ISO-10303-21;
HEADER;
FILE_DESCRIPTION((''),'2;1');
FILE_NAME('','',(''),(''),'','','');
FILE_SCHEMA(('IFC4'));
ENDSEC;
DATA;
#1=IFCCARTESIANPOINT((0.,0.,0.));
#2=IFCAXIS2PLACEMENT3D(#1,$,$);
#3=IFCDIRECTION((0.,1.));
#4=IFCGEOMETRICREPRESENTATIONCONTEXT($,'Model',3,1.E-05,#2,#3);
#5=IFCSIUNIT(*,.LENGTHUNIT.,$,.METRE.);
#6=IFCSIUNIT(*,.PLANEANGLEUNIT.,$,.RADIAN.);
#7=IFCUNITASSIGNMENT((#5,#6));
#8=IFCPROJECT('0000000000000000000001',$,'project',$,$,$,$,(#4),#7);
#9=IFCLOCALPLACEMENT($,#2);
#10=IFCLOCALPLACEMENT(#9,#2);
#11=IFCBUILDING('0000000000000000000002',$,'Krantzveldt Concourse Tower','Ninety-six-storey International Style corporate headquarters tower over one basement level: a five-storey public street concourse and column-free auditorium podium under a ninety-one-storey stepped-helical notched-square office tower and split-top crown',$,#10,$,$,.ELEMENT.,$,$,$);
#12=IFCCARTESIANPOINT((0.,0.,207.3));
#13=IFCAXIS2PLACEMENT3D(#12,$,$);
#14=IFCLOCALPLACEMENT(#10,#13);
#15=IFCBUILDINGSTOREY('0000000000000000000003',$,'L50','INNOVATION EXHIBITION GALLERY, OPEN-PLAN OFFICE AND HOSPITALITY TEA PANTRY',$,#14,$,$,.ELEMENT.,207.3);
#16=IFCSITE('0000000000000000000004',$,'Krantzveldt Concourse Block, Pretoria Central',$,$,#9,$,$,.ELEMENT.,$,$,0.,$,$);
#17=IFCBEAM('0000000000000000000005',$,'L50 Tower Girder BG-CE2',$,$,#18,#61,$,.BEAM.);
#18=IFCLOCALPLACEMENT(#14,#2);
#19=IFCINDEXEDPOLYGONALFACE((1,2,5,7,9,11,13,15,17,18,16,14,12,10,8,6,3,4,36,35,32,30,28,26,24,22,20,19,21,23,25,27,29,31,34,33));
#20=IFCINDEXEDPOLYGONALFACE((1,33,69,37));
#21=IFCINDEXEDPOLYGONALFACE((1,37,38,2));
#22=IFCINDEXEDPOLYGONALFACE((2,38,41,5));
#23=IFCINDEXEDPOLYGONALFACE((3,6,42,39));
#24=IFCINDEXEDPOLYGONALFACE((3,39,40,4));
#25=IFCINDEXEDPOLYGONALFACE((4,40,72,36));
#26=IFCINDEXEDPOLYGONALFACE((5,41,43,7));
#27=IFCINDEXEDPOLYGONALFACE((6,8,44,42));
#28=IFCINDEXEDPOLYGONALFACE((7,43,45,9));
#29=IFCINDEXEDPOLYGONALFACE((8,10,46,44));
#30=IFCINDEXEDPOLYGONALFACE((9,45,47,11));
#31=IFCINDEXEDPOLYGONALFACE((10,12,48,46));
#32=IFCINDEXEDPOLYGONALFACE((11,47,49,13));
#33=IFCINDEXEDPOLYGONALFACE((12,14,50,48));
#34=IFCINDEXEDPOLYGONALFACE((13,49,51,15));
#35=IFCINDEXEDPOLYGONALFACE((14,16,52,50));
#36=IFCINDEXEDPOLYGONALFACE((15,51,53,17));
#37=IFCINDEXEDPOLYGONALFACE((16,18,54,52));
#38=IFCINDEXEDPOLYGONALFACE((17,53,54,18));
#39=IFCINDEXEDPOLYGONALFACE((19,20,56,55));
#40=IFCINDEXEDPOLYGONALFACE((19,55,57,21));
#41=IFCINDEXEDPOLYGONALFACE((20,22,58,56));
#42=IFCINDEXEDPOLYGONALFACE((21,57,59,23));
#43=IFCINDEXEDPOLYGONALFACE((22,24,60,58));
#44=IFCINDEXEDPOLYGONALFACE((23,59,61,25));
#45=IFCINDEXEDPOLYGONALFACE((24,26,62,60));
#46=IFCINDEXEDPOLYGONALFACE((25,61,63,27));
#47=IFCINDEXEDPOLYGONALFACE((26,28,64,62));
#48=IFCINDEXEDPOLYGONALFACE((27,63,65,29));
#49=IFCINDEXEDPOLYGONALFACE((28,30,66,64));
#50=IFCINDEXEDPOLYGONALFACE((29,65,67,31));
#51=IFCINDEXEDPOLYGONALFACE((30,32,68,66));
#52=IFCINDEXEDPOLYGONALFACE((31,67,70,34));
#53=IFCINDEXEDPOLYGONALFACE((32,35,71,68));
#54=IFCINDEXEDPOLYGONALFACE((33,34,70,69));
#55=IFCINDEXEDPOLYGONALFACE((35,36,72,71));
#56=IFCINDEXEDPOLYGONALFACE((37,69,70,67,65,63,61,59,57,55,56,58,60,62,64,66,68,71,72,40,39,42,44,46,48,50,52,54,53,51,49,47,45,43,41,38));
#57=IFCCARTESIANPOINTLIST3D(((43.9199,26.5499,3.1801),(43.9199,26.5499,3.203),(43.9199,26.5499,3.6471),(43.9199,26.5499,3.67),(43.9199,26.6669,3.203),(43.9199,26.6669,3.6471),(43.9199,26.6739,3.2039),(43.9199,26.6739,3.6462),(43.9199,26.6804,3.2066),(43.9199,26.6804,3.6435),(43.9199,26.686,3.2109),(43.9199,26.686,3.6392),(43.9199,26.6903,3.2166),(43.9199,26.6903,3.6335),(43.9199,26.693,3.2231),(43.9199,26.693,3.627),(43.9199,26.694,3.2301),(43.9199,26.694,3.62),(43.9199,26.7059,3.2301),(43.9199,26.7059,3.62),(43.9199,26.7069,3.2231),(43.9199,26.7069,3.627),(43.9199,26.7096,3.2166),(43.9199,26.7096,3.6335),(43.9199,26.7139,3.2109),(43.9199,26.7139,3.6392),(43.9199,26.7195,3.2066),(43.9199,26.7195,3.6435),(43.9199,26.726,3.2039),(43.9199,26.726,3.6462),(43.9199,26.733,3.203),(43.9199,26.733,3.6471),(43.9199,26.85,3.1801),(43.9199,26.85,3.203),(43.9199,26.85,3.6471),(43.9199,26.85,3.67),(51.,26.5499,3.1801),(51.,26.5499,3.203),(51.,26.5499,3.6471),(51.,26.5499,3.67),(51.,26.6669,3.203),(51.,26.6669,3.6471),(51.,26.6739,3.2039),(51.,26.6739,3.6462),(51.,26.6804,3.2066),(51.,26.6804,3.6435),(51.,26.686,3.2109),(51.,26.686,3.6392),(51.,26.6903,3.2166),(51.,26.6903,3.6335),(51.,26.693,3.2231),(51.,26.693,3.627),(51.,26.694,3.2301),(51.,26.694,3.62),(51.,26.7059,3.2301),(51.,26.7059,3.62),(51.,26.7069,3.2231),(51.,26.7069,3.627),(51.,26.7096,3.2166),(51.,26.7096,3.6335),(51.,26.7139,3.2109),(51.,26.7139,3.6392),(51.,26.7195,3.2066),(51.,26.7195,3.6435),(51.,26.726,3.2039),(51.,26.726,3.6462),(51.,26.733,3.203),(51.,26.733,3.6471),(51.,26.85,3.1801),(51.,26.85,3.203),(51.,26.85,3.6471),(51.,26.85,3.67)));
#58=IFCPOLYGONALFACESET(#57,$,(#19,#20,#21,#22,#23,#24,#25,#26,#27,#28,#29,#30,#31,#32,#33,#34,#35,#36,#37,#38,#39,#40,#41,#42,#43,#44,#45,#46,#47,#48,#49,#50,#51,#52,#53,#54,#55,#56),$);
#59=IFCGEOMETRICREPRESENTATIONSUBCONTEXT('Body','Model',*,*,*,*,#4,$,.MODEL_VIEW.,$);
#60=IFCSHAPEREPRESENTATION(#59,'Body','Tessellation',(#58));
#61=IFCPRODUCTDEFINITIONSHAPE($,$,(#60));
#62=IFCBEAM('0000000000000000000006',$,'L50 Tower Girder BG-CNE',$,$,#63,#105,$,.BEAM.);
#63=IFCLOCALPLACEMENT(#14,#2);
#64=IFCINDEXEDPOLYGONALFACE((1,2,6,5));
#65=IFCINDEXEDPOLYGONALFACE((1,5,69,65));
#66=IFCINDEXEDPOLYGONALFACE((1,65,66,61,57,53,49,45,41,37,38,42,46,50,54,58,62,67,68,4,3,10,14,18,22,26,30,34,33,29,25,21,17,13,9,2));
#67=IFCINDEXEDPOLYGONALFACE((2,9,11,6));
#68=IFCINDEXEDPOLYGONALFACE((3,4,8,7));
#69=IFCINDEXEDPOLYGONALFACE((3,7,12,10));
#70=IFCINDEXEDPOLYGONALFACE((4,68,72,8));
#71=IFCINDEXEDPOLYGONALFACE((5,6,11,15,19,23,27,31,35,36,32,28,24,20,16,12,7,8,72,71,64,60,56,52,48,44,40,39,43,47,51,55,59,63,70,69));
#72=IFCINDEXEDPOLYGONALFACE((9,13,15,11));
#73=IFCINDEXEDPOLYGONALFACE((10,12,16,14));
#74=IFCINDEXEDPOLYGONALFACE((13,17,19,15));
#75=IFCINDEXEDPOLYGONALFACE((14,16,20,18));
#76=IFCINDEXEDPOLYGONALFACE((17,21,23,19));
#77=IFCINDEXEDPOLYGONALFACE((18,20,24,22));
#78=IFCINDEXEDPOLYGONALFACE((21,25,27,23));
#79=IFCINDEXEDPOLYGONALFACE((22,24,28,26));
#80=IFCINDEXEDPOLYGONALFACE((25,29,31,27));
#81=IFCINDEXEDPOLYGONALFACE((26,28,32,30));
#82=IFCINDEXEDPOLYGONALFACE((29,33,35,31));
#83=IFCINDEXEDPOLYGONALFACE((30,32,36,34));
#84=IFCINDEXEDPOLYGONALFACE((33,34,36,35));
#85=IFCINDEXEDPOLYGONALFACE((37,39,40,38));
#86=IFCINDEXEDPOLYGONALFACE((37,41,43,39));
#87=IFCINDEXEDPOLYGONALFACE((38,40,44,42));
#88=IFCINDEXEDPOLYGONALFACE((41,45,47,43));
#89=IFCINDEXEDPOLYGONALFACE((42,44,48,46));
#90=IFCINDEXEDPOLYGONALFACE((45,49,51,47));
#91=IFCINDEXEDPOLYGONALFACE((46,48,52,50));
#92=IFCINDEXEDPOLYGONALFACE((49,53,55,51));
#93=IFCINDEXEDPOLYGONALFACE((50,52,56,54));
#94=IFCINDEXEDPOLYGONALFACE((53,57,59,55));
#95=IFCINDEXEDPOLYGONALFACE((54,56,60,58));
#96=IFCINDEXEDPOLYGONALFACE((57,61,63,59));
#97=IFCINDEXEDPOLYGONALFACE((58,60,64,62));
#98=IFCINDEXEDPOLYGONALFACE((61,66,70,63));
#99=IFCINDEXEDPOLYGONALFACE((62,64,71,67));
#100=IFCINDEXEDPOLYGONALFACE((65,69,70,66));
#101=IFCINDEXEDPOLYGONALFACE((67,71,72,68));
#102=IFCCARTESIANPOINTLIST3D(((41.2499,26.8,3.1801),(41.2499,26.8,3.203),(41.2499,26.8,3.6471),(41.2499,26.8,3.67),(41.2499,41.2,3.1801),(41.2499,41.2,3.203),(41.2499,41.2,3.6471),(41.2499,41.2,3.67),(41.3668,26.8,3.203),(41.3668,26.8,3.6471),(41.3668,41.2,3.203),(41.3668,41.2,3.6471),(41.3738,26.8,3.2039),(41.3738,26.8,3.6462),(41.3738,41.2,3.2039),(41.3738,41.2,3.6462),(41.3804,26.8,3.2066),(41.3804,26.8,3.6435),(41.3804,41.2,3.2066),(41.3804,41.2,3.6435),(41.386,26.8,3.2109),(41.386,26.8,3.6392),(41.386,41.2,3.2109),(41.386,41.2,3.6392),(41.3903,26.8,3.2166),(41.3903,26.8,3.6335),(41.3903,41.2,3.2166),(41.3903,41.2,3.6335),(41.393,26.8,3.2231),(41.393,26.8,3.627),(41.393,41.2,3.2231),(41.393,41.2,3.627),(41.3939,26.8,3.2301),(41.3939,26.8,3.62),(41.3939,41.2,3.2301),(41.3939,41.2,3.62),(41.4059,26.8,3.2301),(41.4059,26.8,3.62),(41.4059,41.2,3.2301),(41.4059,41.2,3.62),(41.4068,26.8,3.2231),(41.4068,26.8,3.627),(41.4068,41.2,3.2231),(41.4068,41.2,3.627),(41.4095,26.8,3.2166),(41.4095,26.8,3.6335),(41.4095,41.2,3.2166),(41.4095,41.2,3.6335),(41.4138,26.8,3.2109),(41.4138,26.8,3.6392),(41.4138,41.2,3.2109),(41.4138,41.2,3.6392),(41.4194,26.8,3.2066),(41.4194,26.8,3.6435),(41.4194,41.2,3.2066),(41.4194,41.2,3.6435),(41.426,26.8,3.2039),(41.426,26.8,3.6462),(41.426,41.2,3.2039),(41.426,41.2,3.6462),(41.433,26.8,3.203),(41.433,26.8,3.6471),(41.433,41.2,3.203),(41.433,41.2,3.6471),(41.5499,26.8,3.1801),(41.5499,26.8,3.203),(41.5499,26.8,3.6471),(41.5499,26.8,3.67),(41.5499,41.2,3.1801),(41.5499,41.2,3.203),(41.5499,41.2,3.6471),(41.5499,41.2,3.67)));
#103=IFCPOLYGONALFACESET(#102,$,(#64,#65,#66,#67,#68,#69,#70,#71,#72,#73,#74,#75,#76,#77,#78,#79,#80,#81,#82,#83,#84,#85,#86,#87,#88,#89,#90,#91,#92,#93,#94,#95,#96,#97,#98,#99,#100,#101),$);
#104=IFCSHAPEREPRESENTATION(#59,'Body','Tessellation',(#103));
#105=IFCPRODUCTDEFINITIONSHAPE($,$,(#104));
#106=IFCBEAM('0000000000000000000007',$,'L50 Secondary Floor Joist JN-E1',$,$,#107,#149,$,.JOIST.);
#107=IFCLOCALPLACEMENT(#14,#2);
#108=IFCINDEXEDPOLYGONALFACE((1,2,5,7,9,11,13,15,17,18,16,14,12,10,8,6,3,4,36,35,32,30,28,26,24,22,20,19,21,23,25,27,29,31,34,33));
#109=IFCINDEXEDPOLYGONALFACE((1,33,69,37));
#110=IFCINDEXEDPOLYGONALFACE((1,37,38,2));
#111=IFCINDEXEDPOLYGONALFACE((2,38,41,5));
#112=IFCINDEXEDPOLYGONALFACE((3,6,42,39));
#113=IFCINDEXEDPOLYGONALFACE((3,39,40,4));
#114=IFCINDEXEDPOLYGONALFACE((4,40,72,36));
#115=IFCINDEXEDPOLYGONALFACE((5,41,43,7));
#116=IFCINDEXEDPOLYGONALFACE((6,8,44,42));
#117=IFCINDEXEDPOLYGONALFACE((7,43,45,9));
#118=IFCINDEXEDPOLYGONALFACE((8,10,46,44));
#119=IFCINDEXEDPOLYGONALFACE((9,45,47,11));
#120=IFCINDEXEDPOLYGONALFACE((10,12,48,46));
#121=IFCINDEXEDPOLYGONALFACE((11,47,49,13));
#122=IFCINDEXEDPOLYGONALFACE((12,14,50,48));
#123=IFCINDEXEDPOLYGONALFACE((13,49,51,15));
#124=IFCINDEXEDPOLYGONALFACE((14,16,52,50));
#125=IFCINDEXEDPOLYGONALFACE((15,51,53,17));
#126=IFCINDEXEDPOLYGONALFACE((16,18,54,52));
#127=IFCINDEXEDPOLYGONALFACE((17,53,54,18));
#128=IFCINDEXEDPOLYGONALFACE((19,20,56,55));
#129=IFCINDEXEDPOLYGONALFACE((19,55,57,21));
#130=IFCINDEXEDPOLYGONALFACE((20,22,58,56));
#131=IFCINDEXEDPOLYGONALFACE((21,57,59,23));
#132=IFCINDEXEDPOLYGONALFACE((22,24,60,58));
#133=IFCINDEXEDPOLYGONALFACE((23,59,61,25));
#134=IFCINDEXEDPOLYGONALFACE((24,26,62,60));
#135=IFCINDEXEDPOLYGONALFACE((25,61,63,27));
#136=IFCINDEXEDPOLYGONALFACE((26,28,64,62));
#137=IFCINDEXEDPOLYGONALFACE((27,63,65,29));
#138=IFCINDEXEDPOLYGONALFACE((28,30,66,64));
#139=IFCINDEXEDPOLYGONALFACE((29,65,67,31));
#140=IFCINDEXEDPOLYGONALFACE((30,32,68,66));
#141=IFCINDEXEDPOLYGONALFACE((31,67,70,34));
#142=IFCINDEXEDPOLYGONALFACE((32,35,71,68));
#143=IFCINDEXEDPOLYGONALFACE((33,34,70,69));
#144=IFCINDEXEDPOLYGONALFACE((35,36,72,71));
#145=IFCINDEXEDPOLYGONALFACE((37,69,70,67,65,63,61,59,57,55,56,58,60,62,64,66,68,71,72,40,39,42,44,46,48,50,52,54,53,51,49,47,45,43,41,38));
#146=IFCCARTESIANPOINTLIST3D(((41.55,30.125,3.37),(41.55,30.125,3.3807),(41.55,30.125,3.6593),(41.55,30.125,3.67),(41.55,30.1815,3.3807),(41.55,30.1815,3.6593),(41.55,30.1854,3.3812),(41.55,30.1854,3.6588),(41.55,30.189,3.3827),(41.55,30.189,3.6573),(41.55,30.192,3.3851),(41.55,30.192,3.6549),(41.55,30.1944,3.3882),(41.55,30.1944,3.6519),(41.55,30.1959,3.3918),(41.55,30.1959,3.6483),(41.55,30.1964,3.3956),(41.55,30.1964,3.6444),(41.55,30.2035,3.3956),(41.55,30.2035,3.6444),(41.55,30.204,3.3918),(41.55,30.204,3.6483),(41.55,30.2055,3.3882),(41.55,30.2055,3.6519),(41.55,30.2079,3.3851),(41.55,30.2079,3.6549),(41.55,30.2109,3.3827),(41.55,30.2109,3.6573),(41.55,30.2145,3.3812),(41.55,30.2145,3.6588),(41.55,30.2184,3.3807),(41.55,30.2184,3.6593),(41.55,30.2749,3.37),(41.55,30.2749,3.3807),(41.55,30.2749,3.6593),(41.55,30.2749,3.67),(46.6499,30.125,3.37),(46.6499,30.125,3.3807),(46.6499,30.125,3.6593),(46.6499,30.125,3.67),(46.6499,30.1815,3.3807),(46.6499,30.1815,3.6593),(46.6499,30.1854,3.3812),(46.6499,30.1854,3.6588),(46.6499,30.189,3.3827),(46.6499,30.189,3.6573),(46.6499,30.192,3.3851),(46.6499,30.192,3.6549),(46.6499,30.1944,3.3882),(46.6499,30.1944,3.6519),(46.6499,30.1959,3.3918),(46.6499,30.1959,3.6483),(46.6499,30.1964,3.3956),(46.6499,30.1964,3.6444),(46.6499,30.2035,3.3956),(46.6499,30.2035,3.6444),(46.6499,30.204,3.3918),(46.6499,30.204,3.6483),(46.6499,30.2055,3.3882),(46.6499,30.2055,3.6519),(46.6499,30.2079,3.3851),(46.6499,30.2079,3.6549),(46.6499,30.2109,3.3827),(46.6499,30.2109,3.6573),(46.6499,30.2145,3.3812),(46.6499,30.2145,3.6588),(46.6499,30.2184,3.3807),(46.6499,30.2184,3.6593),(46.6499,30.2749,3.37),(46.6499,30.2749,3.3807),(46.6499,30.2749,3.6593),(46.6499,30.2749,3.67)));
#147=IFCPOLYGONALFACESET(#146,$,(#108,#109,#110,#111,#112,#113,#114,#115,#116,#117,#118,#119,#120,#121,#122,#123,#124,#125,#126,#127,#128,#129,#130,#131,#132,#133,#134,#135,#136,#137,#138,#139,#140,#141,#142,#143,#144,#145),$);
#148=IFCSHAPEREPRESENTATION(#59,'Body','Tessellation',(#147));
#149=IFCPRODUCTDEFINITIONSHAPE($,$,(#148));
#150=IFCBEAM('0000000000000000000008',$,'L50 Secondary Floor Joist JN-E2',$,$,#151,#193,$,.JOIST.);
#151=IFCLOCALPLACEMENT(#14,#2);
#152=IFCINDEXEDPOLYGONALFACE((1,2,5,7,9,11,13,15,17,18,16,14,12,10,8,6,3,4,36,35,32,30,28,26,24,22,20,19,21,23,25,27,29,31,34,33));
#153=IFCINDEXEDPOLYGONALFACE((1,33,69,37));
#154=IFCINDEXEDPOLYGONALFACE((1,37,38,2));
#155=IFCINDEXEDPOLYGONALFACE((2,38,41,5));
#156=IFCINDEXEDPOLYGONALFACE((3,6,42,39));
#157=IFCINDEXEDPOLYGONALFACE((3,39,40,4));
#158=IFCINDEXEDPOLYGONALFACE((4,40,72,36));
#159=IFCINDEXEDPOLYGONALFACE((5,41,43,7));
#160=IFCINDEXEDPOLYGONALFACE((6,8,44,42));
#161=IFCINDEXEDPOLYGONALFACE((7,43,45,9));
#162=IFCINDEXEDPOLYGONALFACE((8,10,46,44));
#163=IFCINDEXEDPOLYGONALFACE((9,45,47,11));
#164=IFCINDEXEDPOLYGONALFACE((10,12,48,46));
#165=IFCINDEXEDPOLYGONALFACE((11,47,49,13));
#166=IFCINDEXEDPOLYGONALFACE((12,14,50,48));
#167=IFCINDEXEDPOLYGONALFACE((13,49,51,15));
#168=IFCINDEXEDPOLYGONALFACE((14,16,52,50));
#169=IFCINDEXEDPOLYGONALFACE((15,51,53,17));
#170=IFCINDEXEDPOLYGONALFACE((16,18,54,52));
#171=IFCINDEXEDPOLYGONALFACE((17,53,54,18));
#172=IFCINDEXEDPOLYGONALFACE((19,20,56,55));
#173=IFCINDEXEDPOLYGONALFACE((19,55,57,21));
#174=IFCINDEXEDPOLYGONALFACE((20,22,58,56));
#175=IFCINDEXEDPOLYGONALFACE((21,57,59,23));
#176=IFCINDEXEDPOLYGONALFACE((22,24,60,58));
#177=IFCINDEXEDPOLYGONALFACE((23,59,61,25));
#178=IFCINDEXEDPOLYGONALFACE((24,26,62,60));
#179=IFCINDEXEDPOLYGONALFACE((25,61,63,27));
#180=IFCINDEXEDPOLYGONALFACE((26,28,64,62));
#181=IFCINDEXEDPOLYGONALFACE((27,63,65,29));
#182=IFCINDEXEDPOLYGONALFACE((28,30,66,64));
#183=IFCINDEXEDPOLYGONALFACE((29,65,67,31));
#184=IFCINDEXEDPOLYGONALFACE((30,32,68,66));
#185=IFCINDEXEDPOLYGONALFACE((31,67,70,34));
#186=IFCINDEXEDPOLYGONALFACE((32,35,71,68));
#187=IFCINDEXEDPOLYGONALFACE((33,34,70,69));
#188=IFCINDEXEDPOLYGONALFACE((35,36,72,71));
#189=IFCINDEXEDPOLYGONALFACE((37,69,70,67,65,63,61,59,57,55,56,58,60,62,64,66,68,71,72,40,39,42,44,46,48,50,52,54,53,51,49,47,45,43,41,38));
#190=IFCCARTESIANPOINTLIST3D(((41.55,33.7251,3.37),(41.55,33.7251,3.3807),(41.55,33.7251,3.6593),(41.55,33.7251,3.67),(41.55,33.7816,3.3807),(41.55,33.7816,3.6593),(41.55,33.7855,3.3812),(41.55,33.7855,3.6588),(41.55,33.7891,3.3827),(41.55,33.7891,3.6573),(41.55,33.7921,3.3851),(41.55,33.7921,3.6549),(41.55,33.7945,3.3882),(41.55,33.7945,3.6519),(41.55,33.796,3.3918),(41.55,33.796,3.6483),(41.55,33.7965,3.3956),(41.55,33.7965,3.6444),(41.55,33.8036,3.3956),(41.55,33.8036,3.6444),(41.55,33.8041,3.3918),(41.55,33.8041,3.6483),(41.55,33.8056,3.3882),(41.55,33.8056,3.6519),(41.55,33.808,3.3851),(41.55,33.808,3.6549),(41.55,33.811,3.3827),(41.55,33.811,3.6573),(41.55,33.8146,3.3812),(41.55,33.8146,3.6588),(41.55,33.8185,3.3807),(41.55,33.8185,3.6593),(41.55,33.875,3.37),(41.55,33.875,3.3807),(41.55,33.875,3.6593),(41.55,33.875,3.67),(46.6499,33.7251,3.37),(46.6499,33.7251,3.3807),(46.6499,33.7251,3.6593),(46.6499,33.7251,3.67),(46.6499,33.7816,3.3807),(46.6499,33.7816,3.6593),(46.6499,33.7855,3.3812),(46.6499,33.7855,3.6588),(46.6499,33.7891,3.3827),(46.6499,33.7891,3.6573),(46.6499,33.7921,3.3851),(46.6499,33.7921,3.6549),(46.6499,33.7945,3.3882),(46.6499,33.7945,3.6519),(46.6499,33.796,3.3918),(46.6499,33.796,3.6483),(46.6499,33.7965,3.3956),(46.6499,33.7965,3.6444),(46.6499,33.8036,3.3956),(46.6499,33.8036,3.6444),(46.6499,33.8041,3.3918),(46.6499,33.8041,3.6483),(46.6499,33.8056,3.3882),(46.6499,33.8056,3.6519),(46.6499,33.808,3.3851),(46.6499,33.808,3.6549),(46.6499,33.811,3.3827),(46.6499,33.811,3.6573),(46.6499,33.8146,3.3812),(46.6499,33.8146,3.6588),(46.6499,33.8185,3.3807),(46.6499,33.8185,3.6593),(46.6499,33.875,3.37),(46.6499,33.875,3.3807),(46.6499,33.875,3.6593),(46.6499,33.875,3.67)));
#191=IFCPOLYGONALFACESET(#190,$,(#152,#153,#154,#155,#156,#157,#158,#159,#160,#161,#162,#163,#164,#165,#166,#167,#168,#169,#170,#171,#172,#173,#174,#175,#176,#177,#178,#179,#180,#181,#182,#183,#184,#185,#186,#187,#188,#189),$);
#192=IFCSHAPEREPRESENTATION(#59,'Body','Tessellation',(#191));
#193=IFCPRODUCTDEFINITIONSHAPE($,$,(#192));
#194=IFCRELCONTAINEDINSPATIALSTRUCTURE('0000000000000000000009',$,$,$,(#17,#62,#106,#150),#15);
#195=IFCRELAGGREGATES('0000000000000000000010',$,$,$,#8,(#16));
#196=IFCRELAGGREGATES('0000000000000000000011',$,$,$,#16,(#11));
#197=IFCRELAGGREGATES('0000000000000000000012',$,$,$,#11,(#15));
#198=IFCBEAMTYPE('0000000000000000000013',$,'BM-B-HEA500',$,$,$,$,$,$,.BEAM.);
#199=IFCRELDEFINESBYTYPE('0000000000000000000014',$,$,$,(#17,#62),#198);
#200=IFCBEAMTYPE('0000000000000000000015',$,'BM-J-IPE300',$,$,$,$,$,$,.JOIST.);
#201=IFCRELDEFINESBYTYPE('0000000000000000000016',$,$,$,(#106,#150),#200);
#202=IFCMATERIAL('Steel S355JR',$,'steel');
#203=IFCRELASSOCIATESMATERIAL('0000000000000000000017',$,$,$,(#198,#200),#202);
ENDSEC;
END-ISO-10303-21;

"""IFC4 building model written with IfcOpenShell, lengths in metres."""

from ifc_helpers import new_model, si_unit, direction, frame, origin, origin_2d, place, context, subcontext, project, spatial, i_section, extrude, source, transform, mapped, material, material_profile, profile_set, type_object, type_shapes, element, save


model = new_model("IFC4")

# Units and contexts
model_context = context("Model", 3, precision=1e-05, world=origin(), true_north=direction((0.0, 1.0)))
body_context = subcontext(model_context, "Body", "Model", "MODEL_VIEW")
ifc_project = project(units=[si_unit("LENGTHUNIT", "METRE"), si_unit("PLANEANGLEUNIT", "RADIAN")], contexts=[model_context])

# Site, building, storey
site_placement = place(None, origin())
site = spatial("IfcSite", under=ifc_project, at=site_placement, Name="Krantzveldt Concourse Block, Pretoria Central", CompositionType="ELEMENT", RefElevation=0.0)
building_placement = place(site_placement, origin())
building = spatial("IfcBuilding", under=site, at=building_placement, Name="Krantzveldt Concourse Tower", Description="Ninety-six-storey International Style corporate headquarters tower over one basement level: a five-storey public street concourse and column-free auditorium podium under a ninety-one-storey stepped-helical notched-square office tower and split-top crown", CompositionType="ELEMENT")
storey_placement = place(building_placement, frame((0.0, 0.0, 207.3)))
storey = spatial("IfcBuildingStorey", under=building, at=storey_placement, Name="L50", Description="INNOVATION EXHIBITION GALLERY, OPEN-PLAN OFFICE AND HOSPITALITY TEA PANTRY", CompositionType="ELEMENT", Elevation=207.3)

# Beams
ifc_material_1 = material(Name="Steel S355JR", Category="steel")
ifc_material_profile_1 = material_profile(ifc_material_1, i_section(OverallWidth=0.3, OverallDepth=0.49, WebThickness=0.012, FlangeThickness=0.0229, FilletRadius=0.0271, at=origin_2d()), Name="Steel S355JR", Category="steel")
ifc_profile_set_1 = profile_set([ifc_material_profile_1], Name="Steel S355JR - HEA 500")
beam_type_1 = type_object("IfcBeamType", Name="BM-B-HEA500", PredefinedType="BEAM", material=ifc_profile_set_1)
shared_shape_1 = source(origin(), body_context, "Body", "SweptSolid", [
    extrude(i_section(OverallWidth=0.3, OverallDepth=0.49, WebThickness=0.012, FlangeThickness=0.0229, FilletRadius=0.0271, at=origin_2d()), origin(), (0.0, 0.0, 1.0), 7.0801),
])
beam_1_placement = place(storey_placement, frame((43.9199, 26.7, 3.425), z_axis=(1.0, 0.0, 0.0), x_axis=(0.0, 1.0, 0.0)))
element("IfcBeam", 1, at=beam_1_placement, inside=storey, type_object=beam_type_1, Name="L50 Tower Girder BG-CE2", PredefinedType="BEAM", context=body_context, shape_type="MappedRepresentation", body=[
    mapped(shared_shape_1, transform((0.0, 0.0, 0.0), x_axis=(1.0, 0.0, 0.0), y_axis=(0.0, 1.0, 0.0), z_axis=(0.0, 0.0, 1.0), scale=1.0)),
])
shared_shape_2 = source(origin(), body_context, "Body", "SweptSolid", [
    extrude(i_section(OverallWidth=0.3, OverallDepth=0.49, WebThickness=0.012, FlangeThickness=0.0229, FilletRadius=0.0271, at=origin_2d()), origin(), (0.0, 0.0, 1.0), 14.3999),
])
type_shapes(beam_type_1, [shared_shape_1, shared_shape_2])
beam_2_placement = place(storey_placement, frame((41.3999, 26.8, 3.425), z_axis=(0.0, 1.0, 0.0), x_axis=(-1.0, 0.0, 0.0)))
element("IfcBeam", 2, at=beam_2_placement, inside=storey, type_object=beam_type_1, Name="L50 Tower Girder BG-CNE", PredefinedType="BEAM", context=body_context, shape_type="MappedRepresentation", body=[
    mapped(shared_shape_2, transform((0.0, 0.0, 0.0), x_axis=(1.0, 0.0, 0.0), y_axis=(0.0, 1.0, 0.0), z_axis=(0.0, 0.0, 1.0), scale=1.0)),
])
ifc_material_profile_2 = material_profile(ifc_material_1, i_section(OverallWidth=0.1499, OverallDepth=0.3, WebThickness=0.0071, FlangeThickness=0.0107, FilletRadius=0.0149, at=origin_2d()), Name="Steel S355JR", Category="steel")
ifc_profile_set_2 = profile_set([ifc_material_profile_2], Name="Steel S355JR - IPE 300")
beam_type_2 = type_object("IfcBeamType", Name="BM-J-IPE300", PredefinedType="JOIST", material=ifc_profile_set_2)
shared_shape_3 = source(origin(), body_context, "Body", "SweptSolid", [
    extrude(i_section(OverallWidth=0.1499, OverallDepth=0.3, WebThickness=0.0071, FlangeThickness=0.0107, FilletRadius=0.0149, at=origin_2d()), origin(), (0.0, 0.0, 1.0), 5.0999),
])
type_shapes(beam_type_2, [shared_shape_3])
for number, where, z_axis, x_axis, name in (
    (3, (41.55, 30.2, 3.52), (1.0, 0.0, 0.0), (0.0, 1.0, 0.0), "L50 Secondary Floor Joist JN-E1"),
    (4, (41.55, 33.8, 3.52), (1.0, 0.0, 0.0), (0.0, 1.0, 0.0), "L50 Secondary Floor Joist JN-E2"),
):
    element("IfcBeam", number, at=place(storey_placement, frame(where, z_axis=z_axis, x_axis=x_axis)), inside=storey, type_object=beam_type_2, Name=name, PredefinedType="JOIST", context=body_context, shape_type="MappedRepresentation", body=[
        mapped(shared_shape_3, transform((0.0, 0.0, 0.0), x_axis=(1.0, 0.0, 0.0), y_axis=(0.0, 1.0, 0.0), z_axis=(0.0, 0.0, 1.0), scale=1.0)),
    ])

save(model, "model.ifc")
